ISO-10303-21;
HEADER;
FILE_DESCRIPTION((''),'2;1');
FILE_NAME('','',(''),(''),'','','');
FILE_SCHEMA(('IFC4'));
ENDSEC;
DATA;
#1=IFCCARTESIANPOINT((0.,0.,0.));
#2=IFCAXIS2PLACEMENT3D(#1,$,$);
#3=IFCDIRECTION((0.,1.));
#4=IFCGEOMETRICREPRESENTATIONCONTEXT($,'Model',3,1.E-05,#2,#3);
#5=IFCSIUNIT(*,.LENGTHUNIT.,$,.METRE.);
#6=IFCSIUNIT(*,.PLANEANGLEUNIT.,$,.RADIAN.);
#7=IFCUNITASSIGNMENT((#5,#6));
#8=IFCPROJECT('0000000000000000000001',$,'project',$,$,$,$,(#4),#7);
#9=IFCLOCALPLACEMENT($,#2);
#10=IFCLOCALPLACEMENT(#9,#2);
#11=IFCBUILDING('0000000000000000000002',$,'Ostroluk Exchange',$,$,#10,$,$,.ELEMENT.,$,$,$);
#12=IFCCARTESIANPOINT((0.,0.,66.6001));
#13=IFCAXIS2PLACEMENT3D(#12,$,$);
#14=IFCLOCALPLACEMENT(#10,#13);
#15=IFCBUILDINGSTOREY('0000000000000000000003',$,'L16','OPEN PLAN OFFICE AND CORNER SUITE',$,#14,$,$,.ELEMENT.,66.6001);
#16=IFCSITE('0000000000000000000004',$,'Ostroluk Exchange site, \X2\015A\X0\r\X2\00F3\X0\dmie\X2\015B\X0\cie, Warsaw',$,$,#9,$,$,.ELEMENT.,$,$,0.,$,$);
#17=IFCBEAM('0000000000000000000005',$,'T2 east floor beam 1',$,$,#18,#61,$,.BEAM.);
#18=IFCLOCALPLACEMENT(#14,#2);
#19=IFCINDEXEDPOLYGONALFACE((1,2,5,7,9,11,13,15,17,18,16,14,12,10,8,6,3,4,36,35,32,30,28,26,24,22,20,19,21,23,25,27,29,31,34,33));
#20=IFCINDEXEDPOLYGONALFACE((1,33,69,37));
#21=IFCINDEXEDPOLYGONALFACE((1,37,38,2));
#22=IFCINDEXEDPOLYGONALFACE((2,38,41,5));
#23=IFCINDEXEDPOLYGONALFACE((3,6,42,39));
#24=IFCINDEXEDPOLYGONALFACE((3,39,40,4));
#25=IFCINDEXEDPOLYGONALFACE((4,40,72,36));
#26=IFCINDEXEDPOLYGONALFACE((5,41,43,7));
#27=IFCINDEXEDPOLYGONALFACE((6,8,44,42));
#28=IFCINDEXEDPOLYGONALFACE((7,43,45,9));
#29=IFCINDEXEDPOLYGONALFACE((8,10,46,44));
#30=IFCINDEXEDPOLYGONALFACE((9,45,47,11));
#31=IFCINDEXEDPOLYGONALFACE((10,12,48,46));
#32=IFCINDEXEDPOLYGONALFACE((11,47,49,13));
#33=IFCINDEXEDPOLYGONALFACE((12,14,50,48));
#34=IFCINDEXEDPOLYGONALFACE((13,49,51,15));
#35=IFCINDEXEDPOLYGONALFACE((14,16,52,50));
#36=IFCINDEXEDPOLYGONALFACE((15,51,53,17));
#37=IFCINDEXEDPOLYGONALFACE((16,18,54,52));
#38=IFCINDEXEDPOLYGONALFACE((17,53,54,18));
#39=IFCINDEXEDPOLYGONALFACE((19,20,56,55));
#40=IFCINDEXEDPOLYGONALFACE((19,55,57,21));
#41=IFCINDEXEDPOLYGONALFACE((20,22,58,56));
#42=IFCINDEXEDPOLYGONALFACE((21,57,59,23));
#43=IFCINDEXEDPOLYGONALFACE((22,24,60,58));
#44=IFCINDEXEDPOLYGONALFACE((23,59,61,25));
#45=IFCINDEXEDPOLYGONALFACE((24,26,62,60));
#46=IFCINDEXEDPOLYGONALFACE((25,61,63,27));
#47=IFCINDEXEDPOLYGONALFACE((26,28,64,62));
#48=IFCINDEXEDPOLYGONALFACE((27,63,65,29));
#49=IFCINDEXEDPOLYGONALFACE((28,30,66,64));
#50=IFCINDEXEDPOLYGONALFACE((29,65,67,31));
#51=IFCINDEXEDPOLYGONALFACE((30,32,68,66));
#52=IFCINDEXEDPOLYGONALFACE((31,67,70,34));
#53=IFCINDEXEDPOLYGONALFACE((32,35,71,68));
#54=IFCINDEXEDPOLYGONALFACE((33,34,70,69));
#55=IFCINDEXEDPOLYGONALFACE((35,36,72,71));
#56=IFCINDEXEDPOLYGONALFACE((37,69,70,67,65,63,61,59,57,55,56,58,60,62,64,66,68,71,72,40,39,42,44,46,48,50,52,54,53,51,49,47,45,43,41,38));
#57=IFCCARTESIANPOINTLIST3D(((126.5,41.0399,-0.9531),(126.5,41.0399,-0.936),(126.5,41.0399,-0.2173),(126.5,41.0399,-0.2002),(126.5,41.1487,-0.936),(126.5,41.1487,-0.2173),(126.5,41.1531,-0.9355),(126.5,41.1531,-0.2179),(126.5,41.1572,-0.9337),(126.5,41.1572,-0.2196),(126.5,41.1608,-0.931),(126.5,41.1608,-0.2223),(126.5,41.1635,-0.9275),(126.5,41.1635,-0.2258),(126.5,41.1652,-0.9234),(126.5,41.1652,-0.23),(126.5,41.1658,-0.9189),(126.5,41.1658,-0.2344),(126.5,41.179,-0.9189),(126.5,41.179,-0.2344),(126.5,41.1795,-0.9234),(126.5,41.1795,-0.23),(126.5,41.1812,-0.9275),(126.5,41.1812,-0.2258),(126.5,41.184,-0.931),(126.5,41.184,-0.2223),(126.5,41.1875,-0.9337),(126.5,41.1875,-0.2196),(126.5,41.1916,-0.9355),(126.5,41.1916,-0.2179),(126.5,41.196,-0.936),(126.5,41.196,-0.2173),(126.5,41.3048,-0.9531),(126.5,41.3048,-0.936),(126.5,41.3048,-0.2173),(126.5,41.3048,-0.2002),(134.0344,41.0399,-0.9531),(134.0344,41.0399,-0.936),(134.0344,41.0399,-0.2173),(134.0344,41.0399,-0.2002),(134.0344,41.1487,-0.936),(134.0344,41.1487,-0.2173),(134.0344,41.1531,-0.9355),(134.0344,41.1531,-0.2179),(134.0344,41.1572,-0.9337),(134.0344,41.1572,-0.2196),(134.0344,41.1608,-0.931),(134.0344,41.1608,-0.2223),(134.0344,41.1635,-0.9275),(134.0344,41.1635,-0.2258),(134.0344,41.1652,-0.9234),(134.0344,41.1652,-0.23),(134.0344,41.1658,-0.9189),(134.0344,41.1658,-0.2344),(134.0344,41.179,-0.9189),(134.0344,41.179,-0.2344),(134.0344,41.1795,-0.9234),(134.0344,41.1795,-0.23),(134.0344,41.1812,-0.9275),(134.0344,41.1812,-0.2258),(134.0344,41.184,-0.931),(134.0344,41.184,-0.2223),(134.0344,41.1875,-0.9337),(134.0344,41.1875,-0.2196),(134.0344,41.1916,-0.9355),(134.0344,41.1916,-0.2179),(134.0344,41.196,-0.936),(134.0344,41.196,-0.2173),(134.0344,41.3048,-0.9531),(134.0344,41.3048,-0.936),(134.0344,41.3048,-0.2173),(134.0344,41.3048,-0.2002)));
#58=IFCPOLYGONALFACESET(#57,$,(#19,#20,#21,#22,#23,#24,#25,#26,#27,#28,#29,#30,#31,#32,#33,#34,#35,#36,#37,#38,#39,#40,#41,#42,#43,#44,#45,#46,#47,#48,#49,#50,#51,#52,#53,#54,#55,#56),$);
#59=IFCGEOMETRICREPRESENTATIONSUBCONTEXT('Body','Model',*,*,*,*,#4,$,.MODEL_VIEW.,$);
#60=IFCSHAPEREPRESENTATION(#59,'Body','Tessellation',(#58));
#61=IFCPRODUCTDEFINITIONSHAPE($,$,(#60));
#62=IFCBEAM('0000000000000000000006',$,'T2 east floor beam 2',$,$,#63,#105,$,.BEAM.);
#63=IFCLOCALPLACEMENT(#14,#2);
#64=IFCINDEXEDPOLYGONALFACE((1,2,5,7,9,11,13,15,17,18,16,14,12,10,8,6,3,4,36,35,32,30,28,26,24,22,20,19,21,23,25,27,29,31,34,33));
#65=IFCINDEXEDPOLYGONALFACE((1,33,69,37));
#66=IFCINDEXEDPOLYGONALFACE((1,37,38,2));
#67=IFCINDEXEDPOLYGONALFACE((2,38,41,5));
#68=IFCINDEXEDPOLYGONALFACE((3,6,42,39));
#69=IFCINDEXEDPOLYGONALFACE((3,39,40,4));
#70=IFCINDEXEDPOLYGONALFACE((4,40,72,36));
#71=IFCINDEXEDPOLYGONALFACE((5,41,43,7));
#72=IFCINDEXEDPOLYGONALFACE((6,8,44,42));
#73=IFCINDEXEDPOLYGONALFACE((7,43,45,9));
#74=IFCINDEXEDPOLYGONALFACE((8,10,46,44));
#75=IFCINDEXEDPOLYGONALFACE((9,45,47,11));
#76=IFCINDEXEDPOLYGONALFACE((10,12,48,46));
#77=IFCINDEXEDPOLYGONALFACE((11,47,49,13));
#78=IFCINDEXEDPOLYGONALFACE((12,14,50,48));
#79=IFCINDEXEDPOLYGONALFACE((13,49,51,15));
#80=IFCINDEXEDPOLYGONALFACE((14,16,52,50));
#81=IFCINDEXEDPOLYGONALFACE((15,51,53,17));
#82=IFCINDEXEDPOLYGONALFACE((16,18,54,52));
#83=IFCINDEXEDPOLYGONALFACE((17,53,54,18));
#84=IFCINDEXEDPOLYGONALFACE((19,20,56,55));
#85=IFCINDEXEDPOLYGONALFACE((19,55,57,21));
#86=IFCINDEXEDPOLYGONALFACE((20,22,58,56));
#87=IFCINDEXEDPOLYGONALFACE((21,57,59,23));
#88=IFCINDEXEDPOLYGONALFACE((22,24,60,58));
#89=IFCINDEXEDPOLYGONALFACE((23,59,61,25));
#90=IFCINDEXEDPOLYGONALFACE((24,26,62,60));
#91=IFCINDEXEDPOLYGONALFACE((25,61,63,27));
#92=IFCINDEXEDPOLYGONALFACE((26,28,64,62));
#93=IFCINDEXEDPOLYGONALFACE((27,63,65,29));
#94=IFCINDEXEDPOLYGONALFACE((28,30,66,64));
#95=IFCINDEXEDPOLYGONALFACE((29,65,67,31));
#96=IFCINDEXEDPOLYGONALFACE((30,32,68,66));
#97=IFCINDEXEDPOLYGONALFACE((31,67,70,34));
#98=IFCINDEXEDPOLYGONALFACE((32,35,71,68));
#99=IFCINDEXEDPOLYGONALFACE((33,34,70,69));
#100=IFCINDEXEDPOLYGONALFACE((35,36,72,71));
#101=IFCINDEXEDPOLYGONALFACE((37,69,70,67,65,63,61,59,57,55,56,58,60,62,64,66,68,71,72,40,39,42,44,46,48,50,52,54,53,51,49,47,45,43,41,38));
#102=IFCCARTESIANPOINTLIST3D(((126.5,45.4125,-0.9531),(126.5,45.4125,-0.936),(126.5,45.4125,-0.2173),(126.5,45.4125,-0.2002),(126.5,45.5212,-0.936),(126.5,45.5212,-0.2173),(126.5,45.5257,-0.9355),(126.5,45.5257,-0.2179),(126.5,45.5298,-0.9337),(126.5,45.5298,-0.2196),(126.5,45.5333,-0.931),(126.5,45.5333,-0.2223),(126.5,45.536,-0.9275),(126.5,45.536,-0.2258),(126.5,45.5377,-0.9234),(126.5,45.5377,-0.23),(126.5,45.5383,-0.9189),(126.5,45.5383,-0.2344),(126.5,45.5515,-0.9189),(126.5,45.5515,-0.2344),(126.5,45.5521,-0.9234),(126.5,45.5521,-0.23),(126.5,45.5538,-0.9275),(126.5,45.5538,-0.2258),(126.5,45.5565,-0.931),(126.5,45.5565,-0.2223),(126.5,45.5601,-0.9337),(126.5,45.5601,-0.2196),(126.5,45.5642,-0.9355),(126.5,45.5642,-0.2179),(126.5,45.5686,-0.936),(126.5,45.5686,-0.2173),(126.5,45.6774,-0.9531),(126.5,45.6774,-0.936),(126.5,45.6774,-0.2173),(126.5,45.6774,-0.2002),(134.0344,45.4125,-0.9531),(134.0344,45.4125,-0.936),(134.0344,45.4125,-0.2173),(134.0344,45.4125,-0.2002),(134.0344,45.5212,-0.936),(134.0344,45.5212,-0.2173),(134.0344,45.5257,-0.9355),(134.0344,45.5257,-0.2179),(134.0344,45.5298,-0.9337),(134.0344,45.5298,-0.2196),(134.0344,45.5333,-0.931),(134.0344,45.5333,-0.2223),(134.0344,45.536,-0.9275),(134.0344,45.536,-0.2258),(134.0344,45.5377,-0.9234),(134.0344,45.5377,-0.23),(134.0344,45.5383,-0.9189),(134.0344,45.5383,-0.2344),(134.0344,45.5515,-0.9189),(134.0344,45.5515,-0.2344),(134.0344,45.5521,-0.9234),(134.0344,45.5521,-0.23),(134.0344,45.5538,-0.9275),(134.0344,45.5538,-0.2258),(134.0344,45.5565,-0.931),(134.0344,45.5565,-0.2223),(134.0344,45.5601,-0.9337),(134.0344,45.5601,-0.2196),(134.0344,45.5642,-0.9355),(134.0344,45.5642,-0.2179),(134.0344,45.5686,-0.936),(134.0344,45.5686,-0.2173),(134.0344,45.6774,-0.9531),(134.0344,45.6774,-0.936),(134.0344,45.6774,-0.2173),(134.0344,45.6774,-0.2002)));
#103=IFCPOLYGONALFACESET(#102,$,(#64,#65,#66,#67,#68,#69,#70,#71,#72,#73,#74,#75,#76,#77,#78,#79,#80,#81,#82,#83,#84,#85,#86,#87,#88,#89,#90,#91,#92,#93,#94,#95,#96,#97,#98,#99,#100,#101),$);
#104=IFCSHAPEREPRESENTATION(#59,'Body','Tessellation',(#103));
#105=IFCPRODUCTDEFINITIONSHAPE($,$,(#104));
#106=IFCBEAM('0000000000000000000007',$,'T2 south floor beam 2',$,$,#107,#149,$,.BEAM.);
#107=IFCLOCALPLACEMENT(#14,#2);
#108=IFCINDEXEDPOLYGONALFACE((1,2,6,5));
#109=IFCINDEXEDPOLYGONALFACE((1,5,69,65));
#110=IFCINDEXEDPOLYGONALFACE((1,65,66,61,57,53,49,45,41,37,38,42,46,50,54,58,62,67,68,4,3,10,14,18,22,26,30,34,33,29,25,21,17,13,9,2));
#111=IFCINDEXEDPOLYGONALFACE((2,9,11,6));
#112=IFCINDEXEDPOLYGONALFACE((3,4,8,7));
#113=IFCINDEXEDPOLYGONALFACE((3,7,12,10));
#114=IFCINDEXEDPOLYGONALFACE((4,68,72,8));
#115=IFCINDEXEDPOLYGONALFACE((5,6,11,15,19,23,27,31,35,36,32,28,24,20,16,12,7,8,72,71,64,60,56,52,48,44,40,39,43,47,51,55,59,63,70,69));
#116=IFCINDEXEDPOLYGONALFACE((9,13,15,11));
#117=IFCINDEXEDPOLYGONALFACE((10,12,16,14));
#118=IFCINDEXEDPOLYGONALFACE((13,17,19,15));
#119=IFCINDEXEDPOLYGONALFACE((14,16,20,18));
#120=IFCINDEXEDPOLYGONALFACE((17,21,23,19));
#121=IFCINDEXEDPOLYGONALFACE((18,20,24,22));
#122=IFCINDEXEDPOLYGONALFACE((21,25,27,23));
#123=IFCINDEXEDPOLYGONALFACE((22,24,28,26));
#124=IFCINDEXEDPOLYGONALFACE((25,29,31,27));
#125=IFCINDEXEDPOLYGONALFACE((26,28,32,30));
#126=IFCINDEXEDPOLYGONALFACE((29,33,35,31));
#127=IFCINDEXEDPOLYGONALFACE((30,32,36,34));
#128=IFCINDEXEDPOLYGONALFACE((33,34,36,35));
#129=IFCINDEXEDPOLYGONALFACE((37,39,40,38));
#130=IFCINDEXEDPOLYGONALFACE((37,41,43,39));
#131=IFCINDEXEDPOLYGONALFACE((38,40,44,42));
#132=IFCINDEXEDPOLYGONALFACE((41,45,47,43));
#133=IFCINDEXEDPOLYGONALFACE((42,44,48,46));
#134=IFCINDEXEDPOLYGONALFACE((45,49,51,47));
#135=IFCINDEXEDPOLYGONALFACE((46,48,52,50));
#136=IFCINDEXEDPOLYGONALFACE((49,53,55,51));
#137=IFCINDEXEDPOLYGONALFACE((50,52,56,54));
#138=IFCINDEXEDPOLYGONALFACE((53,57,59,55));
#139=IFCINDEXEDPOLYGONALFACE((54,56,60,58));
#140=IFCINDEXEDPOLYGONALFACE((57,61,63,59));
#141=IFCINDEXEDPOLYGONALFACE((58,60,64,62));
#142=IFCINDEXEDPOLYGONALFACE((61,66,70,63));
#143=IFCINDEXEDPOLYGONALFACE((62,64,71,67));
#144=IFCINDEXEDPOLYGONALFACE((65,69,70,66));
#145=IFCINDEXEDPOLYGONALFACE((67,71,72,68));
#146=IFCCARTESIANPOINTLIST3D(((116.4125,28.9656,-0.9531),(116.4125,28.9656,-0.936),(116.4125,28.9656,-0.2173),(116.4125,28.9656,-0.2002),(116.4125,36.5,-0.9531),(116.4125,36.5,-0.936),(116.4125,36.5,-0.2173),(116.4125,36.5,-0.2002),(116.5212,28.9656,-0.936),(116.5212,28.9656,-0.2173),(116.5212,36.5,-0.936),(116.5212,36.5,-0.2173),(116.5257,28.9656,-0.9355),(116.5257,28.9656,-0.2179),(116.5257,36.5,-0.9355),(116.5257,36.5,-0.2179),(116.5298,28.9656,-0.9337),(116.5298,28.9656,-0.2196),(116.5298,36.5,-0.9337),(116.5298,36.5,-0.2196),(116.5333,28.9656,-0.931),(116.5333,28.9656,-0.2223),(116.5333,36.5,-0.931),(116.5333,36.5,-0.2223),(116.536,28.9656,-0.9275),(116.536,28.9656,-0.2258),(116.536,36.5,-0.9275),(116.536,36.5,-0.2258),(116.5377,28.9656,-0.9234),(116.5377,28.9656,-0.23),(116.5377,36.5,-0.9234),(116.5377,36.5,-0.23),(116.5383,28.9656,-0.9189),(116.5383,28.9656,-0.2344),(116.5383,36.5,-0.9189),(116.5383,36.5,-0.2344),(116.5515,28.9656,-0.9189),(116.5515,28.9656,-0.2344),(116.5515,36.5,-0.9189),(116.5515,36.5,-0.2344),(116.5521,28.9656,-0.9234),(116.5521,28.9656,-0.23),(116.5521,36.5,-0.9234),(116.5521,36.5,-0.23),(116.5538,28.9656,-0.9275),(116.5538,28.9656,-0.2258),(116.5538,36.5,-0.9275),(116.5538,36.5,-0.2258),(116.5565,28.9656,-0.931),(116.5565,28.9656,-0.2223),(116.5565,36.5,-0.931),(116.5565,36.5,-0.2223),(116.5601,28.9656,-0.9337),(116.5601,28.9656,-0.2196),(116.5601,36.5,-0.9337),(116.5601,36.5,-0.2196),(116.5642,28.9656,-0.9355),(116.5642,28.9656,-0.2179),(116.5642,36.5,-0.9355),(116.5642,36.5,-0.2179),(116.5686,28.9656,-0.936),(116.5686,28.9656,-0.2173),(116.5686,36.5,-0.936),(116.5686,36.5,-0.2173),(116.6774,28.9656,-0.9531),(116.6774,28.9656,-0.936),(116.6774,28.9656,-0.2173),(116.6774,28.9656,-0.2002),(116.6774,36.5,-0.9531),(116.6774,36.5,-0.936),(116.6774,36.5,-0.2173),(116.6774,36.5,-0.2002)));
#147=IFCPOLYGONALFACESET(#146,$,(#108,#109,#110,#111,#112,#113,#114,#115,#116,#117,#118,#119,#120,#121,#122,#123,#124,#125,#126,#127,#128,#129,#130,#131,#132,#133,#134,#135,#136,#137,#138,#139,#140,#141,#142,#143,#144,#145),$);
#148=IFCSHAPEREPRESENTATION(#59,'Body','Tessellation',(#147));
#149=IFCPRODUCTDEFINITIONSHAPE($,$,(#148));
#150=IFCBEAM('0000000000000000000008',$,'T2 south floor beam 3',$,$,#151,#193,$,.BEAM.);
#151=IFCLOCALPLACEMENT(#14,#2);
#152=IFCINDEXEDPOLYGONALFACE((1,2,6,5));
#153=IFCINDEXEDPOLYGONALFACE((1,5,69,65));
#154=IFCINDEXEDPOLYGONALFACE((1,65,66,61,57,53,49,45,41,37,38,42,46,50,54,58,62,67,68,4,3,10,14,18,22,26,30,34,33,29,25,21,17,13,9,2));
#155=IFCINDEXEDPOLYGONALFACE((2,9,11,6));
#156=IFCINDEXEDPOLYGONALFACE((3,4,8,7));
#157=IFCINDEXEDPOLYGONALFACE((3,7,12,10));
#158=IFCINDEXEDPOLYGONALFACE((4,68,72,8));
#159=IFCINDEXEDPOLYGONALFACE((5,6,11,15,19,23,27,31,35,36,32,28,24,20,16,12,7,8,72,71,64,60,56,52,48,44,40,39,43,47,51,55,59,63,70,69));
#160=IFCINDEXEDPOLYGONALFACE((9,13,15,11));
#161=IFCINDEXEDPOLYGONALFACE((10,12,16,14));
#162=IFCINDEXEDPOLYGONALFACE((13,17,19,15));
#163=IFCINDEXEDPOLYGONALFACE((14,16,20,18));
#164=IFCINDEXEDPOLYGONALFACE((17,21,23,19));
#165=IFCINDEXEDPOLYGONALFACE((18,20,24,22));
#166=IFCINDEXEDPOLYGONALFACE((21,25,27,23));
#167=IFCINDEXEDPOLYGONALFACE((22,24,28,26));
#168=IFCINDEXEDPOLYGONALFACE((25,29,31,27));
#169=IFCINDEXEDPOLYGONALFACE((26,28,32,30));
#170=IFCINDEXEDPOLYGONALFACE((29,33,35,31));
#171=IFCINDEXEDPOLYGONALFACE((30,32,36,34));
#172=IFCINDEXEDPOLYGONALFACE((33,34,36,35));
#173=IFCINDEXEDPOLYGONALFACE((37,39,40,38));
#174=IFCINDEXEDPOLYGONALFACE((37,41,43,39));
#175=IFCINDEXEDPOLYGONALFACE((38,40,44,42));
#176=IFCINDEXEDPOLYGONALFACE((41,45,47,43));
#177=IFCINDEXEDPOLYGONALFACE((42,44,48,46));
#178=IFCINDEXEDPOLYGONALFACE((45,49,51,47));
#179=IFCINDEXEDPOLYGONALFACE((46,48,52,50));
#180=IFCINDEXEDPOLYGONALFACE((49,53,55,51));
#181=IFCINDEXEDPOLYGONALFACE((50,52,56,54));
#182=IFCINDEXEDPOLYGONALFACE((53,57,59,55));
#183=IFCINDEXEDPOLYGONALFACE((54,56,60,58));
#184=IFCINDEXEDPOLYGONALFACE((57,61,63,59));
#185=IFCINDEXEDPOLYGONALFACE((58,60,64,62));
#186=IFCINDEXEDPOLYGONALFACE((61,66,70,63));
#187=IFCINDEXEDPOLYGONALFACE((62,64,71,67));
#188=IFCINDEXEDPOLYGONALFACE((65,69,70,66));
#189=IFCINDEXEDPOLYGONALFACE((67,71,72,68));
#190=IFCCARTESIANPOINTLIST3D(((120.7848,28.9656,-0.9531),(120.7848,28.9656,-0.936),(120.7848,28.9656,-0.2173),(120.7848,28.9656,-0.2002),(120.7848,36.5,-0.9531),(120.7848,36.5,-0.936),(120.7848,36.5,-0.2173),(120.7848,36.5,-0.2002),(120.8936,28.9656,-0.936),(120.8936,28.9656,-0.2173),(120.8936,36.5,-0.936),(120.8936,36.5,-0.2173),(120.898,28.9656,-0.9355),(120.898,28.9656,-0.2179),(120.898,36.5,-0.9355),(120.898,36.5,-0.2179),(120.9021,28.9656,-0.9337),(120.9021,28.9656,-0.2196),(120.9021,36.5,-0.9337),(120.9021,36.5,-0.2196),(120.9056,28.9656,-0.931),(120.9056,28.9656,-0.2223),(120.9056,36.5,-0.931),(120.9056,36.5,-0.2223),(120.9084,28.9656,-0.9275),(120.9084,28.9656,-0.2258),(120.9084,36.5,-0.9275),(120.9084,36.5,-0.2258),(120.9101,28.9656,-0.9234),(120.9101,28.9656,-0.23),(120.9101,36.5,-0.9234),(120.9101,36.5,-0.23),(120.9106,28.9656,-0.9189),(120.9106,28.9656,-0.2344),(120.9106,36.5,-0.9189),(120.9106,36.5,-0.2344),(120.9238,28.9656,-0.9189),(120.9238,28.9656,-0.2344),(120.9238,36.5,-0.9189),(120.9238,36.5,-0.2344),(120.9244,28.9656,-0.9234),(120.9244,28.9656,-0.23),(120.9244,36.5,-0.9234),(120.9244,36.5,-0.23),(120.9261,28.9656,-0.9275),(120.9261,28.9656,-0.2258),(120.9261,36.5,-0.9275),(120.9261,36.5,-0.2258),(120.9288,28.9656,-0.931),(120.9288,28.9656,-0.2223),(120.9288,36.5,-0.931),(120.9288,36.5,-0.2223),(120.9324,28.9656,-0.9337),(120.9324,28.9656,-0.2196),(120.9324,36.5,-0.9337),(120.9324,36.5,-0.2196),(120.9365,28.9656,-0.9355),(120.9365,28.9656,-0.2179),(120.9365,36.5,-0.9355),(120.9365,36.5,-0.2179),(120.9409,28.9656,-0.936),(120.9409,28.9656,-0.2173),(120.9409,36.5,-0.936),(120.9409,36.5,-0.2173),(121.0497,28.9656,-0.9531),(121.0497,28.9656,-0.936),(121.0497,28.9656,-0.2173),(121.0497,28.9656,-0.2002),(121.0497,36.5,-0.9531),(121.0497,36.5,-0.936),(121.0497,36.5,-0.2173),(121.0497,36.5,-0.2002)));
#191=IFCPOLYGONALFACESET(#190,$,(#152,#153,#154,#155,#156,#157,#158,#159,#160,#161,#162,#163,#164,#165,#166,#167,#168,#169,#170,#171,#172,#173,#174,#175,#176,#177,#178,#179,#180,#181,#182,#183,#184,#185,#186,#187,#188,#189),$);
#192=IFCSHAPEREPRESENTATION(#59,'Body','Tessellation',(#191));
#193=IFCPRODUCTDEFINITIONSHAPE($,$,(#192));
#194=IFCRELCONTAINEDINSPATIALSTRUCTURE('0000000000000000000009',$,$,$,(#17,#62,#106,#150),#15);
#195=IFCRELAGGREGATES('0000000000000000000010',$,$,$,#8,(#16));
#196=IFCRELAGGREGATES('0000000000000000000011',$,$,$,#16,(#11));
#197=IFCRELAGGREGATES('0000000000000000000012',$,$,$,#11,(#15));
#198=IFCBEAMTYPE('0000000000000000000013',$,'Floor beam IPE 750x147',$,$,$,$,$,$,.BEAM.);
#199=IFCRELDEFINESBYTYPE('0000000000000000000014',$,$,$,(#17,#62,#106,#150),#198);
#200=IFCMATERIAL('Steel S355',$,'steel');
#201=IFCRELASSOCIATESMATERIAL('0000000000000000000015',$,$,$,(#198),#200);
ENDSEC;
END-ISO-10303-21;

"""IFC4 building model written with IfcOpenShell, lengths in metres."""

from ifc_helpers import new_model, si_unit, direction, frame, origin, origin_2d, place, context, subcontext, project, spatial, i_section, extrude, material, material_profile, profile_set, type_object, element, save


model = new_model("IFC4")

# Units and contexts
model_context = context("Model", 3, precision=1e-05, world=origin(), true_north=direction((0.0, 1.0)))
body_context = subcontext(model_context, "Body", "Model", "MODEL_VIEW")
ifc_project = project(units=[si_unit("LENGTHUNIT", "METRE"), si_unit("PLANEANGLEUNIT", "RADIAN")], contexts=[model_context])

# Site, building, storey
site_placement = place(None, origin())
site = spatial("IfcSite", under=ifc_project, at=site_placement, Name="Ostroluk Exchange site, Śródmieście, Warsaw", CompositionType="ELEMENT", RefElevation=0.0)
building_placement = place(site_placement, origin())
building = spatial("IfcBuilding", under=site, at=building_placement, Name="Ostroluk Exchange", CompositionType="ELEMENT")
storey_placement = place(building_placement, frame((0.0, 0.0, 66.6001)))
storey = spatial("IfcBuildingStorey", under=building, at=storey_placement, Name="L16", Description="OPEN PLAN OFFICE AND CORNER SUITE", CompositionType="ELEMENT", Elevation=66.6001)

# Beams
ifc_material_1 = material(Name="Steel S355", Category="steel")
ifc_material_profile_1 = material_profile(ifc_material_1, i_section(OverallWidth=0.2649, OverallDepth=0.7529, WebThickness=0.0132, FlangeThickness=0.0171, FilletRadius=0.0171, at=origin_2d()), Name="IPE 750x147")
ifc_profile_set_1 = profile_set([ifc_material_profile_1], Name="Steel S355")
beam_type_1 = type_object("IfcBeamType", Name="Floor beam IPE 750x147", PredefinedType="BEAM", material=ifc_profile_set_1)
for number, where, z_axis, x_axis, name in (
    (1, (126.5, 41.1724, -0.5767), (1.0, 0.0, 0.0), (0.0, 1.0, 0.0), "T2 east floor beam 1"),
    (2, (126.5, 45.5449, -0.5767), (1.0, 0.0, 0.0), (0.0, 1.0, 0.0), "T2 east floor beam 2"),
    (3, (116.5449, 36.5, -0.5767), (0.0, -1.0, 0.0), (1.0, 0.0, 0.0), "T2 south floor beam 2"),
    (4, (120.9172, 36.5, -0.5767), (0.0, -1.0, 0.0), (1.0, 0.0, 0.0), "T2 south floor beam 3"),
):
    element("IfcBeam", number, at=place(storey_placement, frame(where, z_axis=z_axis, x_axis=x_axis)), inside=storey, type_object=beam_type_1, Name=name, PredefinedType="BEAM", context=body_context, shape_type="SweptSolid", body=[
        extrude(i_section(OverallWidth=0.2649, OverallDepth=0.7529, WebThickness=0.0132, FlangeThickness=0.0171, FilletRadius=0.0171, at=origin_2d()), origin(), (0.0, 0.0, 1.0), 7.5344),
    ])

save(model, "model.ifc")
